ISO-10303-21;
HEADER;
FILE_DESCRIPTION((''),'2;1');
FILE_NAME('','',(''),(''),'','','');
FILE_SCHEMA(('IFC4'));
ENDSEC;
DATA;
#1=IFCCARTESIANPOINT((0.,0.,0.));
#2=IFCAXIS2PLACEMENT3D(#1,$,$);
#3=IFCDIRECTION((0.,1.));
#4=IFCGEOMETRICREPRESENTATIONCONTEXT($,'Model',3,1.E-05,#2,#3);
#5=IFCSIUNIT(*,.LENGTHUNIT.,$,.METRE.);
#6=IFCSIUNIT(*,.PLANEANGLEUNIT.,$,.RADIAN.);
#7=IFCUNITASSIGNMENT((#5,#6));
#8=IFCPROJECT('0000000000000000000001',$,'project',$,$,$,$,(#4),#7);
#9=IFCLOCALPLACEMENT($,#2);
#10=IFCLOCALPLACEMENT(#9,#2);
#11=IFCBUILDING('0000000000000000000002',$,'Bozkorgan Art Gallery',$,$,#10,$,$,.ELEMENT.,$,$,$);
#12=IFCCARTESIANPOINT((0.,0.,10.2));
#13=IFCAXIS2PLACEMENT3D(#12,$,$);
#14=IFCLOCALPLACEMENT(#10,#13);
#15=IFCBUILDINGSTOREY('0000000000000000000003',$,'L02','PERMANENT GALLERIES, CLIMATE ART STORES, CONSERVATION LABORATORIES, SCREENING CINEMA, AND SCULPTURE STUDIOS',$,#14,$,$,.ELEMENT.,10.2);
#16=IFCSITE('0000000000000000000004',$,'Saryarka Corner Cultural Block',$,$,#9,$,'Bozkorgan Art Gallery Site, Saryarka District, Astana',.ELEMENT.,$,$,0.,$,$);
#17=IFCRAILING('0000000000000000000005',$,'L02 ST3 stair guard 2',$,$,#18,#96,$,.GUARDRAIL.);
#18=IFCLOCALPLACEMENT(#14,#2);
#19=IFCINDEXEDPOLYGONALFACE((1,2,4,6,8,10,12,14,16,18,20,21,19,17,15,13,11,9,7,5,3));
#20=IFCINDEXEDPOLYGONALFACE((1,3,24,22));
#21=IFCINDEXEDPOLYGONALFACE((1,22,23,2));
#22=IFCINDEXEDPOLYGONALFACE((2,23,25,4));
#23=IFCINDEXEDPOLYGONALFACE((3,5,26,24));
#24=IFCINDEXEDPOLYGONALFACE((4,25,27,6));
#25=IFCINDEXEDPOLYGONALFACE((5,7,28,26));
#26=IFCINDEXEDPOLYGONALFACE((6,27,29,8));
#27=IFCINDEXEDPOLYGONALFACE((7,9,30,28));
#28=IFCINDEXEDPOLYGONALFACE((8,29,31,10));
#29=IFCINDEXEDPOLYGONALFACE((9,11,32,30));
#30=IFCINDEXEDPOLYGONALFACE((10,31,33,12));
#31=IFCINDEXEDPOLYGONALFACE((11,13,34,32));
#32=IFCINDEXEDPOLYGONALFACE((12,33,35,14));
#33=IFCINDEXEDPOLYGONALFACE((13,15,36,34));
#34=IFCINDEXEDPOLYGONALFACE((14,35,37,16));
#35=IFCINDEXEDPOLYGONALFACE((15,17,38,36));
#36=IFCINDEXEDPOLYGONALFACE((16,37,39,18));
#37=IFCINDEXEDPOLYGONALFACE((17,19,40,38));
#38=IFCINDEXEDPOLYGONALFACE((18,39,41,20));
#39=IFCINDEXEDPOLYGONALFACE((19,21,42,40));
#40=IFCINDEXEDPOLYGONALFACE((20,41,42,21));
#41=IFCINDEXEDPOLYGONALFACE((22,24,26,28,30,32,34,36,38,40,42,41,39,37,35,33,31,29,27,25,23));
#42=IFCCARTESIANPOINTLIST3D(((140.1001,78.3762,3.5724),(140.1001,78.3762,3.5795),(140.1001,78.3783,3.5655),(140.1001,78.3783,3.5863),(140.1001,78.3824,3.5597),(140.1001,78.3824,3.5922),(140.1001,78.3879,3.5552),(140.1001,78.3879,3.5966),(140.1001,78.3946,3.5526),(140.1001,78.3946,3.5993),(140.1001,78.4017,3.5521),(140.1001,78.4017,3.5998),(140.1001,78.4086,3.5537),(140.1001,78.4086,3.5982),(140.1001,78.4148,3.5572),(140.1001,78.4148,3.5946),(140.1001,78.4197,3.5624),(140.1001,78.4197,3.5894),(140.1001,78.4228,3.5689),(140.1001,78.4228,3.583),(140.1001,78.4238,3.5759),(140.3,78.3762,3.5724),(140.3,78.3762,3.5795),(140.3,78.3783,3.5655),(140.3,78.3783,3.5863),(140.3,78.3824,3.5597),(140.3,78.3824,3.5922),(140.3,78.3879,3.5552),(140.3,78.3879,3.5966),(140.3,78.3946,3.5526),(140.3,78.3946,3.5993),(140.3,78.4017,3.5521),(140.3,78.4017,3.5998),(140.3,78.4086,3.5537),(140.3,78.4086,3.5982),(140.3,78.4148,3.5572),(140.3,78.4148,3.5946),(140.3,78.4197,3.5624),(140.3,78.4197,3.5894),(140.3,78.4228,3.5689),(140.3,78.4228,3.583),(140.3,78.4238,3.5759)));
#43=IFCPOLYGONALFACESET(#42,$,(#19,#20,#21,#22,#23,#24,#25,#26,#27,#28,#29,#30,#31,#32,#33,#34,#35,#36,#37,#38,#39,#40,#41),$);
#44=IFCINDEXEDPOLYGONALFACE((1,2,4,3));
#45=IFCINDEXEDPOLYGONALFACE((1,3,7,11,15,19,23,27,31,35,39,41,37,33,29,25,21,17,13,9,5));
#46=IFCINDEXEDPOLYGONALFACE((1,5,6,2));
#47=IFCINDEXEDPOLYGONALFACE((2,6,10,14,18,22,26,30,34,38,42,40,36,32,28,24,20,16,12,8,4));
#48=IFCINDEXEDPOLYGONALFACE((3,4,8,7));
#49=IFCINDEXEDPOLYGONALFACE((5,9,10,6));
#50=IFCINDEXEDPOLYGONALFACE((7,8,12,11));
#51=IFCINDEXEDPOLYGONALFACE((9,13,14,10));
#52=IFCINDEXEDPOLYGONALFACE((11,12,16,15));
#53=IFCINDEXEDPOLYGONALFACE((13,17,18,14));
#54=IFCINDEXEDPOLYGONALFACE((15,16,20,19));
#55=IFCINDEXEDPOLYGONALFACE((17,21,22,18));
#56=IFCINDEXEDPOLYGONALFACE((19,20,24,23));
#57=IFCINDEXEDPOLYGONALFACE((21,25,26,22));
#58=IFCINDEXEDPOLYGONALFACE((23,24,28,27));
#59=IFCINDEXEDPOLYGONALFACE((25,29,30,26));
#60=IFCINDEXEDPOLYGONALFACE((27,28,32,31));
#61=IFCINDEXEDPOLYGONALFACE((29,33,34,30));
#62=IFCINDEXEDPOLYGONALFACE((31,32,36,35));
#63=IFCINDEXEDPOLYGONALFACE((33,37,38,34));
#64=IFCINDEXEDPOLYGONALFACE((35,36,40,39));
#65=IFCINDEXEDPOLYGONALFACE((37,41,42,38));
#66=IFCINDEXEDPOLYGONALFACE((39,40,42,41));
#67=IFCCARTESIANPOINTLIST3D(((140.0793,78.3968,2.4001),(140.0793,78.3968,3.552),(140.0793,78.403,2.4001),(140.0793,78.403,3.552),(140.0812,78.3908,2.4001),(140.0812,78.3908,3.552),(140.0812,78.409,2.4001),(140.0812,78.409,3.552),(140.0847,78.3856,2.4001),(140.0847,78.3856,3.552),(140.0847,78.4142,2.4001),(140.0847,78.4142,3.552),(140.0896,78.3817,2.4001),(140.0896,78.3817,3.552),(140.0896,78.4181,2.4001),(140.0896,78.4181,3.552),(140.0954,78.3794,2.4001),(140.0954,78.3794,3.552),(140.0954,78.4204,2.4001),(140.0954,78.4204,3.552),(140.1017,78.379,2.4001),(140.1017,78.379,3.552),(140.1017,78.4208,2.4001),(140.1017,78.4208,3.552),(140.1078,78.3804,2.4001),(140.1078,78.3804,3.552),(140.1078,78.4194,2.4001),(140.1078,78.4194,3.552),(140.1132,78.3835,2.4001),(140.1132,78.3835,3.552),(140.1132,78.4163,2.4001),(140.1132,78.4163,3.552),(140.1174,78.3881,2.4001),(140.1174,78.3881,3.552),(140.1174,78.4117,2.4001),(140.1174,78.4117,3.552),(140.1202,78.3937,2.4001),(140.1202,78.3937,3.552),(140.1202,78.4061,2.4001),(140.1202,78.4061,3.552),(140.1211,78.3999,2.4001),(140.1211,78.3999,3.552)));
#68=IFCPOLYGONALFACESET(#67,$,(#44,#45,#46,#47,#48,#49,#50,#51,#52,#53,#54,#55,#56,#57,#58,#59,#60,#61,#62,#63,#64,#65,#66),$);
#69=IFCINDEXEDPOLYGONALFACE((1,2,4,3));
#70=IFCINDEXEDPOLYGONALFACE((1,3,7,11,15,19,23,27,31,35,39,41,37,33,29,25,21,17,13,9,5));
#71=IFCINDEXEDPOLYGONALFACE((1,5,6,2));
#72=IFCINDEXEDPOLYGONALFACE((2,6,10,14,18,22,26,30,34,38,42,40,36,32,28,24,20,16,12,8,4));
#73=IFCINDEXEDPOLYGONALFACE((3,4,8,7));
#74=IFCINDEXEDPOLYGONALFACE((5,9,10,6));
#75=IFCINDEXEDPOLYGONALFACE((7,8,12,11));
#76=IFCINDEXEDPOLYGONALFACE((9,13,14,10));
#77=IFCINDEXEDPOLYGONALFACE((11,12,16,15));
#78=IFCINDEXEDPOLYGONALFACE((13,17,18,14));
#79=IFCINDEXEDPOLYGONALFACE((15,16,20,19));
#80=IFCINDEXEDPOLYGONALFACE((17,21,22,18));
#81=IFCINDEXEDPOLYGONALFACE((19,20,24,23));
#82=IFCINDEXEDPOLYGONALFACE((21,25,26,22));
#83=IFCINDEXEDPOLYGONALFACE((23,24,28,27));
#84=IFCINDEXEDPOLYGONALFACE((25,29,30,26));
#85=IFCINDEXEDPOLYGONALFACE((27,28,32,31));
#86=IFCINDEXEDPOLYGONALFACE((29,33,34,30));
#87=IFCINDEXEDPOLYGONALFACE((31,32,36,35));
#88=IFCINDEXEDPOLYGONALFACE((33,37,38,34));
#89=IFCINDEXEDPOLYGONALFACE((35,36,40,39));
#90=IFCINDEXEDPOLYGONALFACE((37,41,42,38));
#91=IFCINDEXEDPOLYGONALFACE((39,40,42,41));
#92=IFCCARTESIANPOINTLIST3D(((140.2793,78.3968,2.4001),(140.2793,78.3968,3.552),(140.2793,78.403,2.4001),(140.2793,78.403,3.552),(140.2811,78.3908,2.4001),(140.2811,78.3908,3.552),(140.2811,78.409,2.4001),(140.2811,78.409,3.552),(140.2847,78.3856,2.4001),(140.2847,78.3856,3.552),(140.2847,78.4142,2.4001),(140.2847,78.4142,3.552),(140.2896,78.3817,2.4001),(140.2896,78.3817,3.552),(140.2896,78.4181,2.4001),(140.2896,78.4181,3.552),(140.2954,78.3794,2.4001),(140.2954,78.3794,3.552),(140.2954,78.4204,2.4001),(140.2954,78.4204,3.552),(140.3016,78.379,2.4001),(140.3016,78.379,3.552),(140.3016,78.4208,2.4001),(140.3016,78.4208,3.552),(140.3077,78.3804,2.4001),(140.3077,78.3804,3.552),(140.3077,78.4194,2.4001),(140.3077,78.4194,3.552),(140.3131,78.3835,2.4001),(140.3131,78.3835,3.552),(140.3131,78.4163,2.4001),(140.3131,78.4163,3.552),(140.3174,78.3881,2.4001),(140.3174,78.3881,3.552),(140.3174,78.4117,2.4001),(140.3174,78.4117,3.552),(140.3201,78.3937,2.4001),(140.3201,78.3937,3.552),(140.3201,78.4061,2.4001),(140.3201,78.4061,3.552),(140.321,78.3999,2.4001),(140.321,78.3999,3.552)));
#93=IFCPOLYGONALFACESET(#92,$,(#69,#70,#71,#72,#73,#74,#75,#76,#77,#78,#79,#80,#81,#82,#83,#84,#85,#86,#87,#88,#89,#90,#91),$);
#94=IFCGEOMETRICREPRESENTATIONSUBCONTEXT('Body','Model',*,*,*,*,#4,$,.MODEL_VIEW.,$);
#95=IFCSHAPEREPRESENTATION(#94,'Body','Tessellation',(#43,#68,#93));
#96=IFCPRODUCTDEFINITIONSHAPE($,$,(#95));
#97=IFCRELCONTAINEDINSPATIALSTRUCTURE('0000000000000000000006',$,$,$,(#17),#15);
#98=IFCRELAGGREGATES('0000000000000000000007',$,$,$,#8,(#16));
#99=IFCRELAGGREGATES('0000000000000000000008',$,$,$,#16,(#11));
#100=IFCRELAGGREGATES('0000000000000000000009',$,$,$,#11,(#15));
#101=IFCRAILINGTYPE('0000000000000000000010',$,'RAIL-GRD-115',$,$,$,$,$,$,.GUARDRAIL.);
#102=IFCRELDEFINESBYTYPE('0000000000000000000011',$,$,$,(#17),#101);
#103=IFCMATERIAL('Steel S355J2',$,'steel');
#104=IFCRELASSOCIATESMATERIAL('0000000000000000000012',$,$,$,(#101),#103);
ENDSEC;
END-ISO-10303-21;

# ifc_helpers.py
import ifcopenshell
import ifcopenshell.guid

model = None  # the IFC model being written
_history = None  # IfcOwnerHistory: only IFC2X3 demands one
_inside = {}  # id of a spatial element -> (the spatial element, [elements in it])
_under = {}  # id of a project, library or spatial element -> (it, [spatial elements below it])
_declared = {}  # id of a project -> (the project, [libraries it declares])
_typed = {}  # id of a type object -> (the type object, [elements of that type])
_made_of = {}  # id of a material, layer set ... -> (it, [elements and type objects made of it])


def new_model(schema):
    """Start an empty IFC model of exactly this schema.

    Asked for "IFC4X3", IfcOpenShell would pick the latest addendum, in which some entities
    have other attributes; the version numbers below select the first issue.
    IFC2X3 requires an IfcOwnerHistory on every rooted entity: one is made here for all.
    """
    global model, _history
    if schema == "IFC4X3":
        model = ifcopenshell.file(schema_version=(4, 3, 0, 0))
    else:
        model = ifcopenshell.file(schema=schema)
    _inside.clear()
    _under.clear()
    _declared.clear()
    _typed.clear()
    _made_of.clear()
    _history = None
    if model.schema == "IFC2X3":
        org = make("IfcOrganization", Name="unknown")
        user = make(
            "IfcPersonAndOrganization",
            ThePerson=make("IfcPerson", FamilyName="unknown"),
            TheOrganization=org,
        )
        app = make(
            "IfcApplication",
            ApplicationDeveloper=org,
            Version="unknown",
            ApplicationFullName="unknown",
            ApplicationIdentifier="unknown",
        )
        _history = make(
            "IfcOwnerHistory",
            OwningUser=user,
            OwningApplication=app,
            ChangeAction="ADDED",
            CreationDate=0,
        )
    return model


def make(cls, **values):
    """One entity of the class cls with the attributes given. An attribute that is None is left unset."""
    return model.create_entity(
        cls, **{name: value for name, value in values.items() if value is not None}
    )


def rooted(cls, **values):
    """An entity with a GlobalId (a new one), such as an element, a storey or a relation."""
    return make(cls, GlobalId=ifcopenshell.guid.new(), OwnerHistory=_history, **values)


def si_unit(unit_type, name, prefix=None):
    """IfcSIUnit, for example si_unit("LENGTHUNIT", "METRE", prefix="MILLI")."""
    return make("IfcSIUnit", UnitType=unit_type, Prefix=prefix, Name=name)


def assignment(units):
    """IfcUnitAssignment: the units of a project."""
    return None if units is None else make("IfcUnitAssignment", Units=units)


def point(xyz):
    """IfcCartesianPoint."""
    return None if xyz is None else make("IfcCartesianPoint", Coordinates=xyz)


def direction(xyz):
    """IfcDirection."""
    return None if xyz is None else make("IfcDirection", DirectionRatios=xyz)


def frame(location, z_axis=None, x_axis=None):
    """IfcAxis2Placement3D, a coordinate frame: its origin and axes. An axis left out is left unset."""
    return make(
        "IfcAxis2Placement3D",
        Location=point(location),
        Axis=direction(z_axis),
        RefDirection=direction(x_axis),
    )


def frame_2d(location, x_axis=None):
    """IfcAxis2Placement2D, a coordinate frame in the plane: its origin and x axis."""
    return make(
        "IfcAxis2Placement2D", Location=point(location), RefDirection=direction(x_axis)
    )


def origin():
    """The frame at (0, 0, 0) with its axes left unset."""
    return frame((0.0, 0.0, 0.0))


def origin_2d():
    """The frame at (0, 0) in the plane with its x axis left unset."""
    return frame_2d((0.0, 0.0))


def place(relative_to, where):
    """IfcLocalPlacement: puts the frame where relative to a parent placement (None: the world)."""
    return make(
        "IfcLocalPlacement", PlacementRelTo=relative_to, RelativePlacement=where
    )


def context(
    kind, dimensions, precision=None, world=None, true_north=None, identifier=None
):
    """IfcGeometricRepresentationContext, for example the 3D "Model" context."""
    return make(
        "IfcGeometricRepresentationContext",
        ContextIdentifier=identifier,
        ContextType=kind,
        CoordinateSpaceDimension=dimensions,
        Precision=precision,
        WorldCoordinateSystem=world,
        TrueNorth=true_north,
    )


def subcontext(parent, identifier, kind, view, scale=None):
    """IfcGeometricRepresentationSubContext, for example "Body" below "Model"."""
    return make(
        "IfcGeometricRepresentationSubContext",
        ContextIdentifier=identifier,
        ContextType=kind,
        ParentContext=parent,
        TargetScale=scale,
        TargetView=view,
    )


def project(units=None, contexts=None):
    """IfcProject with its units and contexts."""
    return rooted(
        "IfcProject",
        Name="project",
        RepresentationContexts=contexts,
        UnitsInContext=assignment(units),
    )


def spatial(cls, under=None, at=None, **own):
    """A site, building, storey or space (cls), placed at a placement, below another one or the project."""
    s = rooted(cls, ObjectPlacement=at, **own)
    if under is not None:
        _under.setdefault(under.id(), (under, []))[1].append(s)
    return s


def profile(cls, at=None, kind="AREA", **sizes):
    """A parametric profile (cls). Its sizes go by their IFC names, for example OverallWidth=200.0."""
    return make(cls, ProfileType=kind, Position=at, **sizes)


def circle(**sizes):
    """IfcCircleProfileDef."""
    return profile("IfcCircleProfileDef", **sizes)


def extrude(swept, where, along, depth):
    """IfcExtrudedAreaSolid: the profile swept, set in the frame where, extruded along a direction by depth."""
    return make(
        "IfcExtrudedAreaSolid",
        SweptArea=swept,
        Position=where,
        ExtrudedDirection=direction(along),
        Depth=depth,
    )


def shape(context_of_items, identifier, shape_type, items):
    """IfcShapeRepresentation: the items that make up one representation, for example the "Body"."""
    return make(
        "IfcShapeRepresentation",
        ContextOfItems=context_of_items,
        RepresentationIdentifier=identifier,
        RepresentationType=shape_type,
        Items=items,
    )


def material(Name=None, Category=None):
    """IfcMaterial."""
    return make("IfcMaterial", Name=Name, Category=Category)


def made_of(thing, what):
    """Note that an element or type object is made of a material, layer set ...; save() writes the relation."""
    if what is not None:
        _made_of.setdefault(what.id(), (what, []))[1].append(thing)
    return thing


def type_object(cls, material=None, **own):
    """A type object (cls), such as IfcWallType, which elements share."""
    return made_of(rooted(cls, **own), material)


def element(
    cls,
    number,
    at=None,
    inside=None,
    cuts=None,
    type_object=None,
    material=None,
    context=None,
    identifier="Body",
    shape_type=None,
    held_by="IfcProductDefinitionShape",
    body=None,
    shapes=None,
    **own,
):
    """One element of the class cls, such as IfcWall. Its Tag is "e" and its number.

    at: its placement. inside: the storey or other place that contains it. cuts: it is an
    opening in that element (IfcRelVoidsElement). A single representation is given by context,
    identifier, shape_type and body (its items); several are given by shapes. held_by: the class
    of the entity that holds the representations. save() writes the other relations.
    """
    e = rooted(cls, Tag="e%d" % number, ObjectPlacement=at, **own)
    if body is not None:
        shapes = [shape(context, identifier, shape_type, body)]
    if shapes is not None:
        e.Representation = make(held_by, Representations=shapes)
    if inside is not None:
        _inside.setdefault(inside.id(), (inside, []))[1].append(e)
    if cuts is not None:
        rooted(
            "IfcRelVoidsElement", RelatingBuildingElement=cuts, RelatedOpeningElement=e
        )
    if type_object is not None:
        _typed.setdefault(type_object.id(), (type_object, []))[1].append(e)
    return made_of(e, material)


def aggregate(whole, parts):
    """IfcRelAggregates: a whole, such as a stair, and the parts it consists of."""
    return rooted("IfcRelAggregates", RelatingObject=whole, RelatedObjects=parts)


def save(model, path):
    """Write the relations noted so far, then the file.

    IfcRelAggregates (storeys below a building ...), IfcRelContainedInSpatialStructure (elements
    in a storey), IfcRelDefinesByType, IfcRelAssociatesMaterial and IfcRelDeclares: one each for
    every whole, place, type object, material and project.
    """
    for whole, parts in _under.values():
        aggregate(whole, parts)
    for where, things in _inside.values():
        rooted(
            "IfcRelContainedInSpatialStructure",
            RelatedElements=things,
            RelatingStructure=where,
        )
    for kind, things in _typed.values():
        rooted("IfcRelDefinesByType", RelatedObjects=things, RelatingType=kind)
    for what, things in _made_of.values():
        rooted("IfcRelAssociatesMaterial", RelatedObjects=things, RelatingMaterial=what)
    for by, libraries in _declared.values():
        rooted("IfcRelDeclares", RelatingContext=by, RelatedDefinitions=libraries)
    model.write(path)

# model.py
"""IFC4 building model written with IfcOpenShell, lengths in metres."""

from ifc_helpers import new_model, si_unit, direction, frame, origin, origin_2d, place, context, subcontext, project, spatial, circle, extrude, material, type_object, element, save


model = new_model("IFC4")

# Units and contexts
model_context = context("Model", 3, precision=1e-05, world=origin(), true_north=direction((0.0, 1.0)))
body_context = subcontext(model_context, "Body", "Model", "MODEL_VIEW")
ifc_project = project(units=[si_unit("LENGTHUNIT", "METRE"), si_unit("PLANEANGLEUNIT", "RADIAN")], contexts=[model_context])

# Site, building, storey
site_placement = place(None, origin())
site = spatial("IfcSite", under=ifc_project, at=site_placement, Name="Saryarka Corner Cultural Block", LongName="Bozkorgan Art Gallery Site, Saryarka District, Astana", CompositionType="ELEMENT", RefElevation=0.0)
building_placement = place(site_placement, origin())
building = spatial("IfcBuilding", under=site, at=building_placement, Name="Bozkorgan Art Gallery", CompositionType="ELEMENT")
storey_placement = place(building_placement, frame((0.0, 0.0, 10.2)))
storey = spatial("IfcBuildingStorey", under=building, at=storey_placement, Name="L02", Description="PERMANENT GALLERIES, CLIMATE ART STORES, CONSERVATION LABORATORIES, SCREENING CINEMA, AND SCULPTURE STUDIOS", CompositionType="ELEMENT", Elevation=10.2)

# Shared definitions
ifc_material_1 = material(Name="Steel S355J2", Category="steel")

# Railing
railing_type_1 = type_object("IfcRailingType", Name="RAIL-GRD-115", PredefinedType="GUARDRAIL", material=ifc_material_1)
railing_1_placement = place(storey_placement, frame((140.1001, 78.3999, 2.4001)))
element("IfcRailing", 1, at=railing_1_placement, inside=storey, type_object=railing_type_1, Name="L02 ST3 stair guard 2", PredefinedType="GUARDRAIL", context=body_context, shape_type="SweptSolid", body=[
    extrude(circle(Radius=0.0239, at=origin_2d()), frame((0.0, 0.0, 1.1758), z_axis=(1.0, 0.0, 0.0), x_axis=(0.0, 1.0, 0.0)), (0.0, 0.0, 1.0), 0.2),
    extrude(circle(Radius=0.021, at=origin_2d()), origin(), (0.0, 0.0, 1.0), 1.1519),
    extrude(circle(Radius=0.021, at=origin_2d()), frame((0.2, 0.0, 0.0)), (0.0, 0.0, 1.0), 1.1519),
])

save(model, "model.ifc")
